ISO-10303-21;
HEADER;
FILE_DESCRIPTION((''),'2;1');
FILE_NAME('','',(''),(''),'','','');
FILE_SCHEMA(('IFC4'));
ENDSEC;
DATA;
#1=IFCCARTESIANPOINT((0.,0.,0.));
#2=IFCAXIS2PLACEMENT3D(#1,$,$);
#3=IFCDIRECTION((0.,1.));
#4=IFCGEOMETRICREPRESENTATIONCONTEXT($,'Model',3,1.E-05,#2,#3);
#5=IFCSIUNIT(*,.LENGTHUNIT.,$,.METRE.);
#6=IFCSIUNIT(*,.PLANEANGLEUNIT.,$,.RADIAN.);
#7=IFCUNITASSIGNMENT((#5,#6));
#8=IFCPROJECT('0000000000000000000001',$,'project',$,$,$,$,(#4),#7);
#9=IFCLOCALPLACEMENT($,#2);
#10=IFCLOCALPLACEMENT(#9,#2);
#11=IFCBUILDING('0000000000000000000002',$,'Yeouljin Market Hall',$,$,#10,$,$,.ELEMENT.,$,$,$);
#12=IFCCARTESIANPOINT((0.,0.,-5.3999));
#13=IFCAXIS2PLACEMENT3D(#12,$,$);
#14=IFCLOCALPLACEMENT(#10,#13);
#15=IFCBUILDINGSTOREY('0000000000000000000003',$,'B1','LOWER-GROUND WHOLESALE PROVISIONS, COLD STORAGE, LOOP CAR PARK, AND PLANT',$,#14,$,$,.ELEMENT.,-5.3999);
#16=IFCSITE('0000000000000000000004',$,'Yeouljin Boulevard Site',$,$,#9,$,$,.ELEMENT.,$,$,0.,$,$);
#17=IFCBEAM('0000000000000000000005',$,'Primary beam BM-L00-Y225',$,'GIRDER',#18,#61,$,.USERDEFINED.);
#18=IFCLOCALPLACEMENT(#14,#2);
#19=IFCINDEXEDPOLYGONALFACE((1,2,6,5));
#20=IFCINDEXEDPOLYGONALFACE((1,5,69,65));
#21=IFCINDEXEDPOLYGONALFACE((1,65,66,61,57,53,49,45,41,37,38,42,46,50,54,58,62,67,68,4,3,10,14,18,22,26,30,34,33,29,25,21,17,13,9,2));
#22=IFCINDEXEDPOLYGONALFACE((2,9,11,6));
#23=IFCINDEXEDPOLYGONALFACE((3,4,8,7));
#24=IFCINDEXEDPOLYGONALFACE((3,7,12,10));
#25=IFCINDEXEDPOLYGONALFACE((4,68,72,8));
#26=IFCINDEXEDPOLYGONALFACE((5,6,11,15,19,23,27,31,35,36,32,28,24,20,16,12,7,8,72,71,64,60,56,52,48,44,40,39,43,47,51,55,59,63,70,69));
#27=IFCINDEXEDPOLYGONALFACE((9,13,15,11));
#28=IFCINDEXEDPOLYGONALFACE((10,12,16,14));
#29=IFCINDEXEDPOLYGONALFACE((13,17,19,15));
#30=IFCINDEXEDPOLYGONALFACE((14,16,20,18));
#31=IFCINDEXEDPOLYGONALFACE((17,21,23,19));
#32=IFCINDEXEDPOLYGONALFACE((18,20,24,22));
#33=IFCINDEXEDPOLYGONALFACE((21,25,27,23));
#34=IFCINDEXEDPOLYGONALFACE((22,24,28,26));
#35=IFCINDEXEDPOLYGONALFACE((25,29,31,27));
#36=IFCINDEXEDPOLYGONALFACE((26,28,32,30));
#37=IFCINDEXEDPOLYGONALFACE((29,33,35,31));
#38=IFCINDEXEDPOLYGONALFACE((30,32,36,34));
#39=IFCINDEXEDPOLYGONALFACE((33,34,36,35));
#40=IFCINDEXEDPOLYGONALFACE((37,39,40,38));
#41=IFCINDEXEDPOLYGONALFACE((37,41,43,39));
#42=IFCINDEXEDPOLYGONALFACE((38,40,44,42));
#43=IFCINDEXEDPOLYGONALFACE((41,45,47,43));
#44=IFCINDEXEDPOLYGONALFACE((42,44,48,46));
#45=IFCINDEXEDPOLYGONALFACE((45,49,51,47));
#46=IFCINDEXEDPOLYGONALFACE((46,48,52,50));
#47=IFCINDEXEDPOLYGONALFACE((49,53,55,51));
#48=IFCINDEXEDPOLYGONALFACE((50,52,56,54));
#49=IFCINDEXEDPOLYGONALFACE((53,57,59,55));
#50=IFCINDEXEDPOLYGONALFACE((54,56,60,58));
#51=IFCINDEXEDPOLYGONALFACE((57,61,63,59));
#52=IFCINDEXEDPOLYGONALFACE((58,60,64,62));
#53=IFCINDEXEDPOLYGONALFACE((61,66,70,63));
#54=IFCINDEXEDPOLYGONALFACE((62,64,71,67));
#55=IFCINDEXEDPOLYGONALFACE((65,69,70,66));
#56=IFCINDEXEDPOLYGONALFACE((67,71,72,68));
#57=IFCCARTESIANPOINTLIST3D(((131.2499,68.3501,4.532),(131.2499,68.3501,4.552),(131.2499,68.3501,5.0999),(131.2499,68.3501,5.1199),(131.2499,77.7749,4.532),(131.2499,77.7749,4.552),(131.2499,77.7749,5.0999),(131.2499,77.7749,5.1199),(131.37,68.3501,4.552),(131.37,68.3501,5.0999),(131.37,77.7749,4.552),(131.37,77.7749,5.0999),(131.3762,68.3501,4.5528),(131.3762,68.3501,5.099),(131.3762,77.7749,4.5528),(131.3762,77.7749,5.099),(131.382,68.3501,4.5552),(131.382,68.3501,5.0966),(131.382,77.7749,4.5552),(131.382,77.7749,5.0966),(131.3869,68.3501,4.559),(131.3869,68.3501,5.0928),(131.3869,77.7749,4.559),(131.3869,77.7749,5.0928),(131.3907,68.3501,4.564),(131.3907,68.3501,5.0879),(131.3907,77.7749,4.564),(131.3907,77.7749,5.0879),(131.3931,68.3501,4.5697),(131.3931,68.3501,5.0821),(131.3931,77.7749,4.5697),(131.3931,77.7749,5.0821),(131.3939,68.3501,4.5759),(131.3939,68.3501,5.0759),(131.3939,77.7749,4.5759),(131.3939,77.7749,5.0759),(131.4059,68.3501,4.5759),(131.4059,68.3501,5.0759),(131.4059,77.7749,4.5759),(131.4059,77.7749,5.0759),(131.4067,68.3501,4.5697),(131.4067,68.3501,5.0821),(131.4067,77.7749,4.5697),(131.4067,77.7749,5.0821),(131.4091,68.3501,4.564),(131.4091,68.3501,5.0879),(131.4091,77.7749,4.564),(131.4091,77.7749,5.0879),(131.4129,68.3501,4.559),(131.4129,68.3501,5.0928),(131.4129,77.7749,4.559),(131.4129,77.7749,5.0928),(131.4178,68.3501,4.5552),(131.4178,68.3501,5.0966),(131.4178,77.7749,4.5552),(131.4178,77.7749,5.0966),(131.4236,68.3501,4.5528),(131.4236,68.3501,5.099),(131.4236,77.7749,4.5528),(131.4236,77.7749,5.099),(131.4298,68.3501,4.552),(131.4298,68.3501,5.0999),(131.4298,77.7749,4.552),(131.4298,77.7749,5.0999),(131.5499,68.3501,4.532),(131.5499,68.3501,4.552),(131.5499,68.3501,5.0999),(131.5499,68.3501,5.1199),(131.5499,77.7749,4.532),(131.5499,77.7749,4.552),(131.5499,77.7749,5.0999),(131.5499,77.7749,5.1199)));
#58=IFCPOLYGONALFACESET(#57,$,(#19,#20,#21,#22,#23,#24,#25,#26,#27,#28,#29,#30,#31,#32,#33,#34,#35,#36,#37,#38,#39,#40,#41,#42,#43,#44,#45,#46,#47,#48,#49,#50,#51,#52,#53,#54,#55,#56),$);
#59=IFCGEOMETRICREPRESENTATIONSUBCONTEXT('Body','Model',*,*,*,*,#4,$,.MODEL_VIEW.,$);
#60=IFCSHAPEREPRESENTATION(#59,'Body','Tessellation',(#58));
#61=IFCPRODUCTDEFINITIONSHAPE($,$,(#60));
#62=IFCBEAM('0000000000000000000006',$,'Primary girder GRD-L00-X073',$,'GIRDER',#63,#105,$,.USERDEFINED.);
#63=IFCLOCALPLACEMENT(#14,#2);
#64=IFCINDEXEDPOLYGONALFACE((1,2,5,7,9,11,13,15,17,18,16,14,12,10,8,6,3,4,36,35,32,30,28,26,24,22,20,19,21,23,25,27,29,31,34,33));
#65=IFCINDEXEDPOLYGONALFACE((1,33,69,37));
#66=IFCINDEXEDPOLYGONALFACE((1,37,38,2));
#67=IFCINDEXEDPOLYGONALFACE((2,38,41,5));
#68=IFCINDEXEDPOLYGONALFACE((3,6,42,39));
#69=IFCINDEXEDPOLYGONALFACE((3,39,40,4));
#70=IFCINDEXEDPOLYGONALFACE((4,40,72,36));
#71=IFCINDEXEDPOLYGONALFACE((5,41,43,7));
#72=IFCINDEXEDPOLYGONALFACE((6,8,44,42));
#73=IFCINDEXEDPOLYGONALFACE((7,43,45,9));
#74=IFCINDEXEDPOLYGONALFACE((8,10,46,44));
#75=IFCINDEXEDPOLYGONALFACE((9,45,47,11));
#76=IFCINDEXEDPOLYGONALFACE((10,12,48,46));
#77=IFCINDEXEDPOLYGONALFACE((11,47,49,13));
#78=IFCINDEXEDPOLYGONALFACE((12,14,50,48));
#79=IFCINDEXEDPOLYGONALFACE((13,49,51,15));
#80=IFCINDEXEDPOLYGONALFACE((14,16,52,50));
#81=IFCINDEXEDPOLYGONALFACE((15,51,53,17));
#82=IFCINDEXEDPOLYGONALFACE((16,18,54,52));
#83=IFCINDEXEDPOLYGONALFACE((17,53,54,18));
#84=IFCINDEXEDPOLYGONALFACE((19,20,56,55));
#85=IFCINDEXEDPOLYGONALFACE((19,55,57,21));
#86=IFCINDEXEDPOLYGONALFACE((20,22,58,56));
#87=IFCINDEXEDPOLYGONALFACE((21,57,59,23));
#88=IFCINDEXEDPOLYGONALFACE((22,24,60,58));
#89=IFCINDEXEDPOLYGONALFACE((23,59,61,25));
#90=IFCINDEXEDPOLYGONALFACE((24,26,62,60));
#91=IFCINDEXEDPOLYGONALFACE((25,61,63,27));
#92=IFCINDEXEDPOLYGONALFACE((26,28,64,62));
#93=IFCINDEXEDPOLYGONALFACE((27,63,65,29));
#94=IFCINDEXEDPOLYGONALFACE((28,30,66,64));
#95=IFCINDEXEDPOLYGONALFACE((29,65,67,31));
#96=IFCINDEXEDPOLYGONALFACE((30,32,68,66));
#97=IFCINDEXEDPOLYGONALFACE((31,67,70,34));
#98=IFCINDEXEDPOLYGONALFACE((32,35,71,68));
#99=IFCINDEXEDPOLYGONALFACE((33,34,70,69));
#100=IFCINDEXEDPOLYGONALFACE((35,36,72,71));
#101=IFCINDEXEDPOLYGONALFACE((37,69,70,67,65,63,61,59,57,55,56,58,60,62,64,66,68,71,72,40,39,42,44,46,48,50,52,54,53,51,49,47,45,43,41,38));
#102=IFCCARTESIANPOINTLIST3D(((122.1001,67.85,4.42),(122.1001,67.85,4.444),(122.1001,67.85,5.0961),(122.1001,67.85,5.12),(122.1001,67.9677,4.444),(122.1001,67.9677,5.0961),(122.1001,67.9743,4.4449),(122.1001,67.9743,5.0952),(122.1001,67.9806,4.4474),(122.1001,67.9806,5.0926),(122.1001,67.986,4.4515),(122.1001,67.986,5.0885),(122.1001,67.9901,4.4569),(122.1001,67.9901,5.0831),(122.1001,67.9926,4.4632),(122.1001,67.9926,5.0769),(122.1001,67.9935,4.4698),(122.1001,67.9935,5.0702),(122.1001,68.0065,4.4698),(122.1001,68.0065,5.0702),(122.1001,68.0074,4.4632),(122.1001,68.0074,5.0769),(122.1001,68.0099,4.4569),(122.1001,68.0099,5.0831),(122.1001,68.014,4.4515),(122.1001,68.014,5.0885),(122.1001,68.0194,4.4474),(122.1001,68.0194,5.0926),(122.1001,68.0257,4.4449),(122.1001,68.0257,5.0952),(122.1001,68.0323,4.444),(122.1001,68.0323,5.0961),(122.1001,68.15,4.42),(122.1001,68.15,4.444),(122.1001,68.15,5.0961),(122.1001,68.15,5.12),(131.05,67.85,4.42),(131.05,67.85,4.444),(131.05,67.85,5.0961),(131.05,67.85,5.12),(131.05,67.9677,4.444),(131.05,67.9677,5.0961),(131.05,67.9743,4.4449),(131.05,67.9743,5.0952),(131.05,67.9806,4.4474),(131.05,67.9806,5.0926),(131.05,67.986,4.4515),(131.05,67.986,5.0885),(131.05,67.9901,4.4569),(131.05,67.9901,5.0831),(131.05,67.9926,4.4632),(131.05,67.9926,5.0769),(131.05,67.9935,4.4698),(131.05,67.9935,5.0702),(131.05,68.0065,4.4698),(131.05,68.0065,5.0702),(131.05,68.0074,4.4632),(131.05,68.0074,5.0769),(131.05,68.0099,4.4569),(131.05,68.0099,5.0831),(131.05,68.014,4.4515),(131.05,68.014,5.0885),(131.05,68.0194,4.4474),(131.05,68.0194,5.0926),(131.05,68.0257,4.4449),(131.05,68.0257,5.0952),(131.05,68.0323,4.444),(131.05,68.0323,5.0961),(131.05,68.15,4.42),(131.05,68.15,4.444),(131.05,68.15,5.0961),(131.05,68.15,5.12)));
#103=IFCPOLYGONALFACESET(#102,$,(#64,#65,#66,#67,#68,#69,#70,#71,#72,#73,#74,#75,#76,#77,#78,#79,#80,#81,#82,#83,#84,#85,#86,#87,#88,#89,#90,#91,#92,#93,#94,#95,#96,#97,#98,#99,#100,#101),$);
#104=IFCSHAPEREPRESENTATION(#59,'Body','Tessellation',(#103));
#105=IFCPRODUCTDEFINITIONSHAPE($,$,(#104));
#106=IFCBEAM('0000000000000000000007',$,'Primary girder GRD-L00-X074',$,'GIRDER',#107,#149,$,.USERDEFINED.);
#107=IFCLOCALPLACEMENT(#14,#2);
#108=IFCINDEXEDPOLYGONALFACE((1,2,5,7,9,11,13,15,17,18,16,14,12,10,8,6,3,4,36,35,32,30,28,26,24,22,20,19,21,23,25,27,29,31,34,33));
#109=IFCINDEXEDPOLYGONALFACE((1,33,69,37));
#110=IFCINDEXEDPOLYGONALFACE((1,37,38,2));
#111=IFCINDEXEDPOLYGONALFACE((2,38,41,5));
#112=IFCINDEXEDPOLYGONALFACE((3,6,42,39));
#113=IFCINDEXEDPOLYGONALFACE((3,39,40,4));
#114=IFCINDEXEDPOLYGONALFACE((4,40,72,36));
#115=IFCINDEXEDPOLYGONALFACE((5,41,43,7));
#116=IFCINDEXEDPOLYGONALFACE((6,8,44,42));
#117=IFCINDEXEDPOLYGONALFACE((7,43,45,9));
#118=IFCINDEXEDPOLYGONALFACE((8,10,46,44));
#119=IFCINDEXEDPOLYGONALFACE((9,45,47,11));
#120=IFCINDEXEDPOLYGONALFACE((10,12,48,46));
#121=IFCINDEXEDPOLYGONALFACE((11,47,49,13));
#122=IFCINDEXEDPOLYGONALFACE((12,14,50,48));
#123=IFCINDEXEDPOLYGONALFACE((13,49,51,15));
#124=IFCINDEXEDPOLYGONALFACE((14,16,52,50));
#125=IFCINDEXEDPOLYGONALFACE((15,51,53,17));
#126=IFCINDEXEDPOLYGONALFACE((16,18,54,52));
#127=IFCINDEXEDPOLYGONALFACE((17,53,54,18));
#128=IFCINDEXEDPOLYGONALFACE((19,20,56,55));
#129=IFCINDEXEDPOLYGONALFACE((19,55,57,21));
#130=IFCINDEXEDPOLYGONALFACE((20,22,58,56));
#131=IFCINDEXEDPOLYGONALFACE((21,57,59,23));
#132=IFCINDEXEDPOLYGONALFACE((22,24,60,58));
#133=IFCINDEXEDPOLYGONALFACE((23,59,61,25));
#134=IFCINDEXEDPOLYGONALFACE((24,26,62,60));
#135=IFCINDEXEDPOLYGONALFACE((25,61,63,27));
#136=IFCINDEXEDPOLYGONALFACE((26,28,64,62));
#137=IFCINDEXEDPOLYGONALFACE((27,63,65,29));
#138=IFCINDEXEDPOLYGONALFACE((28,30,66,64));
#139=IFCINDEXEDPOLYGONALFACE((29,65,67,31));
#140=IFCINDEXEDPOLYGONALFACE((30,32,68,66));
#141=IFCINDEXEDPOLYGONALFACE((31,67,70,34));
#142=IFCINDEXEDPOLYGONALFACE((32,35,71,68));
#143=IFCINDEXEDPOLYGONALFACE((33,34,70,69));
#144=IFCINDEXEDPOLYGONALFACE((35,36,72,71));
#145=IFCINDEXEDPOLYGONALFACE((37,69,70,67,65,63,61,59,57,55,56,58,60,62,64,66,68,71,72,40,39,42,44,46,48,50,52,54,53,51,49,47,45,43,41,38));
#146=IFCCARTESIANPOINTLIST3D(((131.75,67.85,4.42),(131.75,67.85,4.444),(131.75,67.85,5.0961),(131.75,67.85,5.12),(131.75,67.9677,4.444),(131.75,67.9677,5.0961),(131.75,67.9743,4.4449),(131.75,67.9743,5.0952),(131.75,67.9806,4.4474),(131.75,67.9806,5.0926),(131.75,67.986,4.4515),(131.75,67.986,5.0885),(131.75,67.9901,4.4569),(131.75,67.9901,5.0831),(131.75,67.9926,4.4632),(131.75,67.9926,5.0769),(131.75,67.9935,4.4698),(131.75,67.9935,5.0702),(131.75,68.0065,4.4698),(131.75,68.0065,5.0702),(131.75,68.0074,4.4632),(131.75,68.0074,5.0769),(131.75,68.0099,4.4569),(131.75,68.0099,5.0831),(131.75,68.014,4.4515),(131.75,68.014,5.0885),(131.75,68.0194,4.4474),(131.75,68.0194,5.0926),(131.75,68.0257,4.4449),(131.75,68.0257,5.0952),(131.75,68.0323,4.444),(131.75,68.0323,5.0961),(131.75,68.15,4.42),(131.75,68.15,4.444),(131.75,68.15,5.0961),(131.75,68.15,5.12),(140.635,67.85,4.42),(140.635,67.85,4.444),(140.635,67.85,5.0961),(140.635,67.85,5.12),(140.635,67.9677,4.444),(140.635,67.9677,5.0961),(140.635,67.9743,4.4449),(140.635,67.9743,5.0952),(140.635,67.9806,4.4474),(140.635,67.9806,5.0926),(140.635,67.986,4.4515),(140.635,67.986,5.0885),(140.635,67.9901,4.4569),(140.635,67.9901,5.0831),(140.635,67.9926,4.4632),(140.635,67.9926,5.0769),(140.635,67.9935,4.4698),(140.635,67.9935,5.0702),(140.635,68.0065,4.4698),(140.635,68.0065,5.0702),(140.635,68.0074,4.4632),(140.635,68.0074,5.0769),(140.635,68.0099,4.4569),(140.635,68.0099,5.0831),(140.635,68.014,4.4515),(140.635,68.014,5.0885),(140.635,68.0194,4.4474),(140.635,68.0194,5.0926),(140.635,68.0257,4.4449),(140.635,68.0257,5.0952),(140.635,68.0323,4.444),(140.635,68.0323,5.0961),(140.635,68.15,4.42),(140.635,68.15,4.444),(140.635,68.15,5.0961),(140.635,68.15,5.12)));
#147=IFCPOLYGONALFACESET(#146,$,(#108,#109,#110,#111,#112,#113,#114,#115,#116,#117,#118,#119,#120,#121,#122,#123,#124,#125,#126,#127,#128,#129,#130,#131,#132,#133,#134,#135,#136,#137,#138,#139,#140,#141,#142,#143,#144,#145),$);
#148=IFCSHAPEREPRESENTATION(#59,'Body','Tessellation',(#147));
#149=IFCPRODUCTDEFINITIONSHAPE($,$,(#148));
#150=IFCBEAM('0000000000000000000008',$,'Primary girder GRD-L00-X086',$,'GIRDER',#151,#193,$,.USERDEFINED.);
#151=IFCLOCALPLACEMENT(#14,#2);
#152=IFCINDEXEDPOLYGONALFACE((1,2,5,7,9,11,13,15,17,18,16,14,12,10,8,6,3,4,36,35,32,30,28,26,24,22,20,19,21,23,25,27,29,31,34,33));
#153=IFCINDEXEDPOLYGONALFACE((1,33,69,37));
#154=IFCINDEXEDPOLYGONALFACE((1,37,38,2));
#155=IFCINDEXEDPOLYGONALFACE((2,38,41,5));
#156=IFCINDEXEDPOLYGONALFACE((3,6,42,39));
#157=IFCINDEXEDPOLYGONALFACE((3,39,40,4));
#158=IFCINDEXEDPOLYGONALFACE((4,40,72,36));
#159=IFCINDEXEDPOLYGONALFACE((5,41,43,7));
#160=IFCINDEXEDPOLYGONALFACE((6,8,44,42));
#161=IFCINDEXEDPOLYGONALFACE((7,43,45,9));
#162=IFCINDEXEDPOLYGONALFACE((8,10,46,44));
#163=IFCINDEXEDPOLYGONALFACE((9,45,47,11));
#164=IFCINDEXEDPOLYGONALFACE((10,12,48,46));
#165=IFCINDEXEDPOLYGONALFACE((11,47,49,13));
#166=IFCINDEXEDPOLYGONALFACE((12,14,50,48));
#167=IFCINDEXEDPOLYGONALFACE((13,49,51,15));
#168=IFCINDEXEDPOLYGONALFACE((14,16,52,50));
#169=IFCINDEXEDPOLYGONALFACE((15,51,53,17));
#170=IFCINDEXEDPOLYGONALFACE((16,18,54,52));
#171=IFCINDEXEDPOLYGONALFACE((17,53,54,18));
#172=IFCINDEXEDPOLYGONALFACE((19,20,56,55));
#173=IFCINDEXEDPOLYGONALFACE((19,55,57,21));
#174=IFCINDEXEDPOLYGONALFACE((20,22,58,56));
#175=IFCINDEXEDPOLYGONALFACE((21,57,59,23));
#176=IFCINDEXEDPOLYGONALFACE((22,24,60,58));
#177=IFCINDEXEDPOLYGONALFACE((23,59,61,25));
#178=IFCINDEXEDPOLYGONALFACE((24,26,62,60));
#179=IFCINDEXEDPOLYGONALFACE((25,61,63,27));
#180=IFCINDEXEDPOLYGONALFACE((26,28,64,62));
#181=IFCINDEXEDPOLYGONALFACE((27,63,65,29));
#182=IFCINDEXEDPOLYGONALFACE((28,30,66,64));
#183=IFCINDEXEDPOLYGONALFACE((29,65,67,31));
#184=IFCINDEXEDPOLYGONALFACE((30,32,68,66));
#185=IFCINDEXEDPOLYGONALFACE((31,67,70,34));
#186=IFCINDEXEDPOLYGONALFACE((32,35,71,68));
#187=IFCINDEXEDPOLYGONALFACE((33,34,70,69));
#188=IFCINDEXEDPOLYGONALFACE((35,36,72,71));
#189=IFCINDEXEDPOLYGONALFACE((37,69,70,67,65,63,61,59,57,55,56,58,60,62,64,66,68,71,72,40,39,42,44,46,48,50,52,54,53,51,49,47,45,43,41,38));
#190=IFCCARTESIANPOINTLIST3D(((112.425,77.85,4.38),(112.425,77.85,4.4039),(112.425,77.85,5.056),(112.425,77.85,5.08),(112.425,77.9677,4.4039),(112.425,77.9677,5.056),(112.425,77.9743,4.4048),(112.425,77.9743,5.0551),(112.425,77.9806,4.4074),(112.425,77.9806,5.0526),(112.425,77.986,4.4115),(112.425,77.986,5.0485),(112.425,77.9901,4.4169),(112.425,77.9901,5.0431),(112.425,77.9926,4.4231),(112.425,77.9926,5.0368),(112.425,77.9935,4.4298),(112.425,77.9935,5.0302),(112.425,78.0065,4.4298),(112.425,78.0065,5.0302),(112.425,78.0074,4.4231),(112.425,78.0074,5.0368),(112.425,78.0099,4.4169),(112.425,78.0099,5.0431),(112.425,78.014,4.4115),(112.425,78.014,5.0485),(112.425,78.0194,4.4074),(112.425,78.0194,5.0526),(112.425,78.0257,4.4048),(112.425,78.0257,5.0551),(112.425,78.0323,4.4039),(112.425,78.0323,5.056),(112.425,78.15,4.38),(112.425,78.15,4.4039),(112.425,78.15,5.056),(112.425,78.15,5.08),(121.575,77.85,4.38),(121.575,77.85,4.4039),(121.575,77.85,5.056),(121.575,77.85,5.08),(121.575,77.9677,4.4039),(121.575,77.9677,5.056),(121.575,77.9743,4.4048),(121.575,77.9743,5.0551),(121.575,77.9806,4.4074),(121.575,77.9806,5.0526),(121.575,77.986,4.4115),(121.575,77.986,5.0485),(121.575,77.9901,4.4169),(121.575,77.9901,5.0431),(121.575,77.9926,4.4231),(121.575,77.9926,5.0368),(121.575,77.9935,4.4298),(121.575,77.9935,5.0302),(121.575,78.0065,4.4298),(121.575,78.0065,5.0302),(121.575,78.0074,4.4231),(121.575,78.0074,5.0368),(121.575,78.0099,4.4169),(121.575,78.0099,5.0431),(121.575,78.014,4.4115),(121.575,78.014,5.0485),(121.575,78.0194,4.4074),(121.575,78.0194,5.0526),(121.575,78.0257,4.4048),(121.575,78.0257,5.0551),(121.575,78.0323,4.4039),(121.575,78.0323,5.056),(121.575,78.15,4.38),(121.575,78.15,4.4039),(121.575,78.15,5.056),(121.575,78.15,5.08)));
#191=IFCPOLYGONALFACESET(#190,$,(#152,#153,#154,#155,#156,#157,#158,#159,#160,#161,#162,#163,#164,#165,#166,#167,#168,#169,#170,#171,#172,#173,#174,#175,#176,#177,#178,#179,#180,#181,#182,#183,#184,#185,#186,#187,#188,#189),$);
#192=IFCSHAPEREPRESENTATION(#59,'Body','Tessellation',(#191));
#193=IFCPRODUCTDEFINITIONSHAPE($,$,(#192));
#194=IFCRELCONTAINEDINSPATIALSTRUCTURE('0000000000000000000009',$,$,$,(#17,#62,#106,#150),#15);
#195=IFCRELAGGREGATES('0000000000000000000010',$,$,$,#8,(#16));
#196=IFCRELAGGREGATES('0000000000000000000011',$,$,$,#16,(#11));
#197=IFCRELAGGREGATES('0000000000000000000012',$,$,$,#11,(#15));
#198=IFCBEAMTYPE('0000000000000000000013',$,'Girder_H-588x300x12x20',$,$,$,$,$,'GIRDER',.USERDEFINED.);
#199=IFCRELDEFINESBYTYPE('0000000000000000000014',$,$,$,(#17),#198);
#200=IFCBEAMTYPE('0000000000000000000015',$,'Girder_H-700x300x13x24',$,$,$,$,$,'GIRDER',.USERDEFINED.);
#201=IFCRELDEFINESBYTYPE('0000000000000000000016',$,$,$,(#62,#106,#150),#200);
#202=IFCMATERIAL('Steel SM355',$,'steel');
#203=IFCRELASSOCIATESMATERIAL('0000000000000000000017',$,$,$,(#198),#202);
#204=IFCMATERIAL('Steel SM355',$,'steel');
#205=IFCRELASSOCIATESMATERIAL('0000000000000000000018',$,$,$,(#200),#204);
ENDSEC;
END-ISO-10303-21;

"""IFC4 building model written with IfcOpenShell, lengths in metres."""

from ifc_helpers import new_model, si_unit, direction, frame, origin, origin_2d, place, context, subcontext, project, spatial, i_section, extrude, material, material_profile, profile_set, type_object, element, save


model = new_model("IFC4")

# Units and contexts
model_context = context("Model", 3, precision=1e-05, world=origin(), true_north=direction((0.0, 1.0)))
body_context = subcontext(model_context, "Body", "Model", "MODEL_VIEW")
ifc_project = project(units=[si_unit("LENGTHUNIT", "METRE"), si_unit("PLANEANGLEUNIT", "RADIAN")], contexts=[model_context])

# Site, building, storey
site_placement = place(None, origin())
site = spatial("IfcSite", under=ifc_project, at=site_placement, Name="Yeouljin Boulevard Site", CompositionType="ELEMENT", RefElevation=0.0)
building_placement = place(site_placement, origin())
building = spatial("IfcBuilding", under=site, at=building_placement, Name="Yeouljin Market Hall", CompositionType="ELEMENT")
storey_placement = place(building_placement, frame((0.0, 0.0, -5.3999)))
storey = spatial("IfcBuildingStorey", under=building, at=storey_placement, Name="B1", Description="LOWER-GROUND WHOLESALE PROVISIONS, COLD STORAGE, LOOP CAR PARK, AND PLANT", CompositionType="ELEMENT", Elevation=-5.3999)

# Beams
ifc_material_1 = material(Name="Steel SM355", Category="steel")
ifc_material_profile_1 = material_profile(ifc_material_1, i_section(OverallWidth=0.3, OverallDepth=0.5879, WebThickness=0.012, FlangeThickness=0.02, FilletRadius=0.0239, at=origin_2d()), Name="H-588x300x12x20")
ifc_profile_set_1 = profile_set([ifc_material_profile_1], Name="Steel SM355")
beam_type_1 = type_object("IfcBeamType", Name="Girder_H-588x300x12x20", ElementType="GIRDER", PredefinedType="USERDEFINED", material=ifc_profile_set_1)
beam_1_placement = place(storey_placement, frame((131.3999, 68.3501, 4.8259), z_axis=(0.0, 1.0, 0.0), x_axis=(-1.0, 0.0, 0.0)))
element("IfcBeam", 1, at=beam_1_placement, inside=storey, type_object=beam_type_1, Name="Primary beam BM-L00-Y225", ObjectType="GIRDER", PredefinedType="USERDEFINED", context=body_context, shape_type="SweptSolid", body=[
    extrude(i_section(OverallWidth=0.3, OverallDepth=0.5879, WebThickness=0.012, FlangeThickness=0.02, FilletRadius=0.0239, at=origin_2d()), origin(), (0.0, 0.0, 1.0), 9.4248),
])
ifc_material_2 = material(Name="Steel SM355", Category="steel")
ifc_material_profile_2 = material_profile(ifc_material_2, i_section(OverallWidth=0.3, OverallDepth=0.7, WebThickness=0.0129, FlangeThickness=0.0239, FilletRadius=0.0259, at=origin_2d()), Name="H-700x300x13x24")
ifc_profile_set_2 = profile_set([ifc_material_profile_2], Name="Steel SM355")
beam_type_2 = type_object("IfcBeamType", Name="Girder_H-700x300x13x24", ElementType="GIRDER", PredefinedType="USERDEFINED", material=ifc_profile_set_2)
beam_2_placement = place(storey_placement, frame((122.1001, 68.0, 4.77), z_axis=(1.0, 0.0, 0.0), x_axis=(0.0, 1.0, 0.0)))
element("IfcBeam", 2, at=beam_2_placement, inside=storey, type_object=beam_type_2, Name="Primary girder GRD-L00-X073", ObjectType="GIRDER", PredefinedType="USERDEFINED", context=body_context, shape_type="SweptSolid", body=[
    extrude(i_section(OverallWidth=0.3, OverallDepth=0.7, WebThickness=0.0129, FlangeThickness=0.0239, FilletRadius=0.0259, at=origin_2d()), origin(), (0.0, 0.0, 1.0), 8.95),
])
beam_3_placement = place(storey_placement, frame((131.75, 68.0, 4.77), z_axis=(1.0, 0.0, 0.0), x_axis=(0.0, 1.0, 0.0)))
element("IfcBeam", 3, at=beam_3_placement, inside=storey, type_object=beam_type_2, Name="Primary girder GRD-L00-X074", ObjectType="GIRDER", PredefinedType="USERDEFINED", context=body_context, shape_type="SweptSolid", body=[
    extrude(i_section(OverallWidth=0.3, OverallDepth=0.7, WebThickness=0.0129, FlangeThickness=0.0239, FilletRadius=0.0259, at=origin_2d()), origin(), (0.0, 0.0, 1.0), 8.885),
])
beam_4_placement = place(storey_placement, frame((112.425, 78.0, 4.73), z_axis=(1.0, 0.0, 0.0), x_axis=(0.0, 1.0, 0.0)))
element("IfcBeam", 4, at=beam_4_placement, inside=storey, type_object=beam_type_2, Name="Primary girder GRD-L00-X086", ObjectType="GIRDER", PredefinedType="USERDEFINED", context=body_context, shape_type="SweptSolid", body=[
    extrude(i_section(OverallWidth=0.3, OverallDepth=0.7, WebThickness=0.0129, FlangeThickness=0.0239, FilletRadius=0.0259, at=origin_2d()), origin(), (0.0, 0.0, 1.0), 9.1499),
])

save(model, "model.ifc")
